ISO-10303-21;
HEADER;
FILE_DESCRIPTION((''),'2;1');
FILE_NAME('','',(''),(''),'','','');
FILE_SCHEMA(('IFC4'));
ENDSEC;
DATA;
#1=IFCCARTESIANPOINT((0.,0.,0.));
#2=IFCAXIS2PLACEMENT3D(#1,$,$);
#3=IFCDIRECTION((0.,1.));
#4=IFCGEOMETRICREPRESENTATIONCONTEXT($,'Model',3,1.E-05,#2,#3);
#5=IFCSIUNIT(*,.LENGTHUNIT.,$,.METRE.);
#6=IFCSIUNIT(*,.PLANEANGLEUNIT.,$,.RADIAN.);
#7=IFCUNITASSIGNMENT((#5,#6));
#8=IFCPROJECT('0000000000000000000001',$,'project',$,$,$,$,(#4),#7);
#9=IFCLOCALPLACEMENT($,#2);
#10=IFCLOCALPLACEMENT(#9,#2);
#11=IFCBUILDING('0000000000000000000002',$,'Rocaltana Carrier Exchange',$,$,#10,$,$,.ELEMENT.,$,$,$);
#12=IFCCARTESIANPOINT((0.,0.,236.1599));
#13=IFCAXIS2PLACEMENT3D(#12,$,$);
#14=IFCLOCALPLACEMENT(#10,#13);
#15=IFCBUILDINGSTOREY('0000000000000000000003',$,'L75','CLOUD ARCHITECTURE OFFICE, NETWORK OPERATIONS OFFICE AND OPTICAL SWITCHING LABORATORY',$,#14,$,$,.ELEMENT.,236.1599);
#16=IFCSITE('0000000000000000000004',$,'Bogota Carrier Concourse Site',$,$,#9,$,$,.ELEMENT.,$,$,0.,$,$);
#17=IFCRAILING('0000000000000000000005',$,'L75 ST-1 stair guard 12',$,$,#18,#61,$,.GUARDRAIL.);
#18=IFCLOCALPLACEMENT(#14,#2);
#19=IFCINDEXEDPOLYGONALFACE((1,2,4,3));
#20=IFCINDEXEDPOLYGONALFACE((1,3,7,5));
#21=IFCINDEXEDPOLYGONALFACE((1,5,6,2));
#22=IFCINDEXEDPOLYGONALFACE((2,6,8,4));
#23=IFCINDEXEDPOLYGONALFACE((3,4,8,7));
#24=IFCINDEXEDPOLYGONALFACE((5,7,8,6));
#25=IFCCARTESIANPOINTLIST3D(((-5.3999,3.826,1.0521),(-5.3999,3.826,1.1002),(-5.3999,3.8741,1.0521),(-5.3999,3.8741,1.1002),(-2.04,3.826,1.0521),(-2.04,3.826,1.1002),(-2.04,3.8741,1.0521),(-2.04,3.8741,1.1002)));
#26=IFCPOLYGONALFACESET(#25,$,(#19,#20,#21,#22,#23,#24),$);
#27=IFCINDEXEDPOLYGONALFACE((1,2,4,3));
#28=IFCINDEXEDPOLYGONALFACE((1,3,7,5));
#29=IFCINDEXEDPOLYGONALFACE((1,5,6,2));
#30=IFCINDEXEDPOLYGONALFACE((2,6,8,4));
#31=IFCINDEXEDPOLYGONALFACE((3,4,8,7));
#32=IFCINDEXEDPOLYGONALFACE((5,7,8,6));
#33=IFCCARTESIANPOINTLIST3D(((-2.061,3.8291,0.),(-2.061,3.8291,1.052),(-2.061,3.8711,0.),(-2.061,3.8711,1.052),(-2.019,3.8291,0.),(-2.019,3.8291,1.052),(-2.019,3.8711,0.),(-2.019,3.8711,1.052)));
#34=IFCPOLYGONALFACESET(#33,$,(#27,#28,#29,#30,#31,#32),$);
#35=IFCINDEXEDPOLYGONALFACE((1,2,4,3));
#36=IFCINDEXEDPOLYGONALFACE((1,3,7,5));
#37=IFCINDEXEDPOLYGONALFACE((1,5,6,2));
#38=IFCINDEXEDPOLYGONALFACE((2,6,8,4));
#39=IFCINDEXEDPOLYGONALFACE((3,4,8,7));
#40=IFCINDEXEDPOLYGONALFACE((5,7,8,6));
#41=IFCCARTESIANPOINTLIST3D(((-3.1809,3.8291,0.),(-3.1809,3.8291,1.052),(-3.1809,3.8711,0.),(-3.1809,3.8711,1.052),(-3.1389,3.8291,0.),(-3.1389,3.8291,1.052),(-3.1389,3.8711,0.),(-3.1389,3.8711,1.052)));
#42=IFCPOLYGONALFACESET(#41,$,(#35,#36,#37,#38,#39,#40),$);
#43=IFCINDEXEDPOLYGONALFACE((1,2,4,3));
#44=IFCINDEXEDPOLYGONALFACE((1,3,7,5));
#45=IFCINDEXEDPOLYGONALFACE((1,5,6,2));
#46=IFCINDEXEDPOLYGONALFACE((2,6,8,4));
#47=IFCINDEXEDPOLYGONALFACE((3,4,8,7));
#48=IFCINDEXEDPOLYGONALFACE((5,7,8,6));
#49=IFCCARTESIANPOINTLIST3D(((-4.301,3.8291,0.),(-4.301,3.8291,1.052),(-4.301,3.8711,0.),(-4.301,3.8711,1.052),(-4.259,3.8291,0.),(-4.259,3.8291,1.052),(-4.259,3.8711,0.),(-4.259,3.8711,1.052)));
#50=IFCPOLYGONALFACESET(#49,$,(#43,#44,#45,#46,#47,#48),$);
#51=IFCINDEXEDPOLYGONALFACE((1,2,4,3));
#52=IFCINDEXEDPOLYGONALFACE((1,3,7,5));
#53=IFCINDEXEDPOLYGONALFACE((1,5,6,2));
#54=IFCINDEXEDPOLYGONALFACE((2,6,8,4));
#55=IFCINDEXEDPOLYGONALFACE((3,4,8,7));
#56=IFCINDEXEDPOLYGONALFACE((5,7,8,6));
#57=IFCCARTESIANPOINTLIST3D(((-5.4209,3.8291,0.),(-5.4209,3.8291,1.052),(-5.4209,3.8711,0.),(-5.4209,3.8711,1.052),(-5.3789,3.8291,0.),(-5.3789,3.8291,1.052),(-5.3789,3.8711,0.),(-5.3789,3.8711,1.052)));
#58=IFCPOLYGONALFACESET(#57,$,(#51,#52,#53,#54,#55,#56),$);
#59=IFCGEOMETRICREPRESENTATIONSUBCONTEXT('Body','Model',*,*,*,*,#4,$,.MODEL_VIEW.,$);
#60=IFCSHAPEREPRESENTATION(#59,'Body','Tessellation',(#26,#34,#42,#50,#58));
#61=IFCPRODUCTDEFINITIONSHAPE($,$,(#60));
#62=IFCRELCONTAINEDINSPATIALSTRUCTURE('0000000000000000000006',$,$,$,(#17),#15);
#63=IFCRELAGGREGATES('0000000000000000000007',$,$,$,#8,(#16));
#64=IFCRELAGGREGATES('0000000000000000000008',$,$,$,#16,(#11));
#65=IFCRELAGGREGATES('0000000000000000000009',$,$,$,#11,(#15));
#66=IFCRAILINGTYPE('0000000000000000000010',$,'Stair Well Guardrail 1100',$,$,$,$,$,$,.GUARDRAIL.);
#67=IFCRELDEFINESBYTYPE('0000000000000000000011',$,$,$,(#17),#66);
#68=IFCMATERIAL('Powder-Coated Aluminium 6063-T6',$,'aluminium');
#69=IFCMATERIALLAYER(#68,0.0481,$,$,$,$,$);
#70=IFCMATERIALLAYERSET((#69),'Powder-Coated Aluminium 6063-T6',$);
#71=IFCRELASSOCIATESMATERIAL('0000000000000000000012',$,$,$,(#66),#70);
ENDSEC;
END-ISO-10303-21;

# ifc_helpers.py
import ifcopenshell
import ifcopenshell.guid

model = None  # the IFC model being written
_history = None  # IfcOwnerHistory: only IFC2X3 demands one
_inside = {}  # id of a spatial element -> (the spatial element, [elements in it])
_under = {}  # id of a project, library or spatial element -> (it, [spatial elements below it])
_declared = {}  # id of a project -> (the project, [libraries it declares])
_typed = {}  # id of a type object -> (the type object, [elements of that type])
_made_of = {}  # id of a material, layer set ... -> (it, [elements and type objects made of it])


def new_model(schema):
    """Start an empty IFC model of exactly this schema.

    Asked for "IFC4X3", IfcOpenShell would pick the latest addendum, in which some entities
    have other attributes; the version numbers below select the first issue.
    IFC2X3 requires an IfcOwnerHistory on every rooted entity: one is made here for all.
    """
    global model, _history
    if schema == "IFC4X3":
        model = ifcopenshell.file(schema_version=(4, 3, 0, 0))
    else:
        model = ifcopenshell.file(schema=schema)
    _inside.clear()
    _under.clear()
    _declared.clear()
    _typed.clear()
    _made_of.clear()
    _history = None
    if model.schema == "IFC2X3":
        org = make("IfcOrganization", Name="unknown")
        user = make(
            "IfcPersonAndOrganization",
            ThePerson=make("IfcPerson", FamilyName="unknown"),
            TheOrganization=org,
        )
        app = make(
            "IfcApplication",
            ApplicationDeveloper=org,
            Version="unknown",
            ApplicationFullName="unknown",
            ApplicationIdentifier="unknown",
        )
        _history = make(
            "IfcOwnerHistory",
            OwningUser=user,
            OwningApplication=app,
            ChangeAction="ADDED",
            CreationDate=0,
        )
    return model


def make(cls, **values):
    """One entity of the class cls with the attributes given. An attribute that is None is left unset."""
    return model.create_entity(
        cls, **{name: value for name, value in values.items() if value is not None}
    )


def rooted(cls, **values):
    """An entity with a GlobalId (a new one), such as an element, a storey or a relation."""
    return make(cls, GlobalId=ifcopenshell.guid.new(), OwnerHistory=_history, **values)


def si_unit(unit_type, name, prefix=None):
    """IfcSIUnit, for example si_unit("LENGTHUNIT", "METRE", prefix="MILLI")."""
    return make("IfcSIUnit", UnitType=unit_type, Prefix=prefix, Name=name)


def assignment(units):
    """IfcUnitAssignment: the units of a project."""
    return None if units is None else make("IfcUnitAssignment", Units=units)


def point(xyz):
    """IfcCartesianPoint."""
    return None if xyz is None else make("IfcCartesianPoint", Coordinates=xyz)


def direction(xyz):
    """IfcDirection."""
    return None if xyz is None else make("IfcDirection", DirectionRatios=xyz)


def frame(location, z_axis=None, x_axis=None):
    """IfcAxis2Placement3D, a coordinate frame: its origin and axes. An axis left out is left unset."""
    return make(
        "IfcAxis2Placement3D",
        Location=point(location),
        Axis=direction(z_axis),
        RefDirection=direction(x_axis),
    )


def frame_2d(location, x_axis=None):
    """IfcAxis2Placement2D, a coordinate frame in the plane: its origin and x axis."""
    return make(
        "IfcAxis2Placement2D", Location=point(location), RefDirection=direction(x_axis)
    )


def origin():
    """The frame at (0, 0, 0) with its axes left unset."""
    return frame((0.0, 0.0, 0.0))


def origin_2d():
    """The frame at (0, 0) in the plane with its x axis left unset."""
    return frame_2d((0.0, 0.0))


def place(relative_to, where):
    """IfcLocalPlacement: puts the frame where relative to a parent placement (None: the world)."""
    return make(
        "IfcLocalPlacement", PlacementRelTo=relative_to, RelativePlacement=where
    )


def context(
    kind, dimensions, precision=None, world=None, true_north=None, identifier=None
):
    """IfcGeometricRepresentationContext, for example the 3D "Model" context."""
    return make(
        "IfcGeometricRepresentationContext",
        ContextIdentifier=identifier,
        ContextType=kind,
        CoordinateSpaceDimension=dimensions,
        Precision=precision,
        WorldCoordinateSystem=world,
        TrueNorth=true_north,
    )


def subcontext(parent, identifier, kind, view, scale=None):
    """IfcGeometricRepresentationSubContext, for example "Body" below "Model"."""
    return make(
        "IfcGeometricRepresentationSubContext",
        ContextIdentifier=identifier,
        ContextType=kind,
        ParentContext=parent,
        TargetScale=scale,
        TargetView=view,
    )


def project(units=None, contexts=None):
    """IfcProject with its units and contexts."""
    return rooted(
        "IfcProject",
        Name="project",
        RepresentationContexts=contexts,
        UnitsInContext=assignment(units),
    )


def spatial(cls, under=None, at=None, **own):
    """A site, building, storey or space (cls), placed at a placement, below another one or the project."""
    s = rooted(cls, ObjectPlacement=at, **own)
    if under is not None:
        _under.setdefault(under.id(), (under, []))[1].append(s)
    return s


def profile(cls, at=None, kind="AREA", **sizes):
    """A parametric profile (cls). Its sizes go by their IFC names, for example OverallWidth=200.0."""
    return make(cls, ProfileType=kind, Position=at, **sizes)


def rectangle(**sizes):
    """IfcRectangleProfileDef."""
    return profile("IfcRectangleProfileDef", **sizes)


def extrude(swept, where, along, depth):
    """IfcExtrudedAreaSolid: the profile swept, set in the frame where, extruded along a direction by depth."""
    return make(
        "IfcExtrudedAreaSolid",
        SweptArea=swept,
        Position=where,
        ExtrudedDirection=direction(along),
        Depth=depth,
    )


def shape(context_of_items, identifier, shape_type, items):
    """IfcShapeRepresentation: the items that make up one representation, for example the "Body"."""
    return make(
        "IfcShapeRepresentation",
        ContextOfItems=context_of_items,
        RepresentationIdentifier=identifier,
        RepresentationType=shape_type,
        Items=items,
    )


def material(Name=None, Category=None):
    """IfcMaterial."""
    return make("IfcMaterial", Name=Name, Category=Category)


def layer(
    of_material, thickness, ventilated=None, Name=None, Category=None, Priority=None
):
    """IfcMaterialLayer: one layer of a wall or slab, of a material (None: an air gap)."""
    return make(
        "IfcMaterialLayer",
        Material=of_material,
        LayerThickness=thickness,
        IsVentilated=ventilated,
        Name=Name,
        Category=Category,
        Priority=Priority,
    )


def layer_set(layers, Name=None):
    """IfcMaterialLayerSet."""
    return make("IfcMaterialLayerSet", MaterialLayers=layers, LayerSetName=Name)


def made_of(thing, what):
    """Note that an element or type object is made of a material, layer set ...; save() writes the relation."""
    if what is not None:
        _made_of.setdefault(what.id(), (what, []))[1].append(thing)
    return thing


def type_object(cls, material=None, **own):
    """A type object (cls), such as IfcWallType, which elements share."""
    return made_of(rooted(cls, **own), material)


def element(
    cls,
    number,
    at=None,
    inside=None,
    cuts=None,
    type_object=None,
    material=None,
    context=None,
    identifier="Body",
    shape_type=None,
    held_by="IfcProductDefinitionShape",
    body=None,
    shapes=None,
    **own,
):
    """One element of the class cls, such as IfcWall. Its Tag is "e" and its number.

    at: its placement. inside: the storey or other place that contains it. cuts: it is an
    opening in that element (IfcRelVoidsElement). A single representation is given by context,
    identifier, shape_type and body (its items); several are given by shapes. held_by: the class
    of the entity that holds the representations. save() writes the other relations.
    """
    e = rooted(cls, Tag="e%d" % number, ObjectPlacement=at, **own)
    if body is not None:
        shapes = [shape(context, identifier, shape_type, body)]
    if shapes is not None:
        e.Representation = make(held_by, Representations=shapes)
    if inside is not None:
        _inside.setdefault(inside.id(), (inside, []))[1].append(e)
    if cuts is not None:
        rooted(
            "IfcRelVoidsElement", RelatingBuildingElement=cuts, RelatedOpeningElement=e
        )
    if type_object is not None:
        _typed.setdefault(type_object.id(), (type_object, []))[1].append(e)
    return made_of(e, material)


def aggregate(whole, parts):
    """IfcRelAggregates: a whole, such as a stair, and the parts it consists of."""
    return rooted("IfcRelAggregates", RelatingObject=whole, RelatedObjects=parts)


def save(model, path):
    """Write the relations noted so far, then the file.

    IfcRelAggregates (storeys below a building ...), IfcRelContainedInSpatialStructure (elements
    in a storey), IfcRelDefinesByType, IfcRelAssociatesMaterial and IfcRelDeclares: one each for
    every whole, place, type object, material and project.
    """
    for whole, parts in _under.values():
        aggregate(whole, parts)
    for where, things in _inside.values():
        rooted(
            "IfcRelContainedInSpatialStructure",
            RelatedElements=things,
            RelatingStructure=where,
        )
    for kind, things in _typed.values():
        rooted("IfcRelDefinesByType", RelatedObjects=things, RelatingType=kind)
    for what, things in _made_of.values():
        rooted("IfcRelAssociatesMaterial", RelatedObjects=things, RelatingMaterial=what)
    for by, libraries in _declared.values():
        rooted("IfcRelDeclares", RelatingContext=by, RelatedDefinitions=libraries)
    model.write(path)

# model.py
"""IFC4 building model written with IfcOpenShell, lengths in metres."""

from ifc_helpers import new_model, si_unit, direction, frame, origin, origin_2d, place, context, subcontext, project, spatial, rectangle, extrude, material, layer, layer_set, type_object, element, save


model = new_model("IFC4")

# Units and contexts
model_context = context("Model", 3, precision=1e-05, world=origin(), true_north=direction((0.0, 1.0)))
body_context = subcontext(model_context, "Body", "Model", "MODEL_VIEW")
ifc_project = project(units=[si_unit("LENGTHUNIT", "METRE"), si_unit("PLANEANGLEUNIT", "RADIAN")], contexts=[model_context])

# Site, building, storey
site_placement = place(None, origin())
site = spatial("IfcSite", under=ifc_project, at=site_placement, Name="Bogota Carrier Concourse Site", CompositionType="ELEMENT", RefElevation=0.0)
building_placement = place(site_placement, origin())
building = spatial("IfcBuilding", under=site, at=building_placement, Name="Rocaltana Carrier Exchange", CompositionType="ELEMENT")
storey_placement = place(building_placement, frame((0.0, 0.0, 236.1599)))
storey = spatial("IfcBuildingStorey", under=building, at=storey_placement, Name="L75", Description="CLOUD ARCHITECTURE OFFICE, NETWORK OPERATIONS OFFICE AND OPTICAL SWITCHING LABORATORY", CompositionType="ELEMENT", Elevation=236.1599)

# Railing
ifc_material_1 = material(Name="Powder-Coated Aluminium 6063-T6", Category="aluminium")
ifc_layer_1 = layer(ifc_material_1, 0.0481)
ifc_layer_set_1 = layer_set([ifc_layer_1], Name="Powder-Coated Aluminium 6063-T6")
railing_type_1 = type_object("IfcRailingType", Name="Stair Well Guardrail 1100", PredefinedType="GUARDRAIL", material=ifc_layer_set_1)
railing_1_placement = place(storey_placement, frame((-2.04, 3.8501, 0.0)))
element("IfcRailing", 1, at=railing_1_placement, inside=storey, type_object=railing_type_1, Name="L75 ST-1 stair guard 12", PredefinedType="GUARDRAIL", context=body_context, shape_type="SweptSolid", body=[
    extrude(rectangle(XDim=0.0481, YDim=0.0481, at=origin_2d()), frame((0.0, 0.0, 1.0762), z_axis=(-1.0, 0.0, 0.0), x_axis=(0.0, -1.0, 0.0)), (0.0, 0.0, 1.0), 3.3599),
    extrude(rectangle(XDim=0.042, YDim=0.042, at=origin_2d()), origin(), (0.0, 0.0, 1.0), 1.052),
    extrude(rectangle(XDim=0.042, YDim=0.042, at=origin_2d()), frame((-1.1199, 0.0, 0.0)), (0.0, 0.0, 1.0), 1.052),
    extrude(rectangle(XDim=0.042, YDim=0.042, at=origin_2d()), frame((-2.24, 0.0, 0.0)), (0.0, 0.0, 1.0), 1.052),
    extrude(rectangle(XDim=0.042, YDim=0.042, at=origin_2d()), frame((-3.3599, 0.0, 0.0)), (0.0, 0.0, 1.0), 1.052),
])

save(model, "model.ifc")
